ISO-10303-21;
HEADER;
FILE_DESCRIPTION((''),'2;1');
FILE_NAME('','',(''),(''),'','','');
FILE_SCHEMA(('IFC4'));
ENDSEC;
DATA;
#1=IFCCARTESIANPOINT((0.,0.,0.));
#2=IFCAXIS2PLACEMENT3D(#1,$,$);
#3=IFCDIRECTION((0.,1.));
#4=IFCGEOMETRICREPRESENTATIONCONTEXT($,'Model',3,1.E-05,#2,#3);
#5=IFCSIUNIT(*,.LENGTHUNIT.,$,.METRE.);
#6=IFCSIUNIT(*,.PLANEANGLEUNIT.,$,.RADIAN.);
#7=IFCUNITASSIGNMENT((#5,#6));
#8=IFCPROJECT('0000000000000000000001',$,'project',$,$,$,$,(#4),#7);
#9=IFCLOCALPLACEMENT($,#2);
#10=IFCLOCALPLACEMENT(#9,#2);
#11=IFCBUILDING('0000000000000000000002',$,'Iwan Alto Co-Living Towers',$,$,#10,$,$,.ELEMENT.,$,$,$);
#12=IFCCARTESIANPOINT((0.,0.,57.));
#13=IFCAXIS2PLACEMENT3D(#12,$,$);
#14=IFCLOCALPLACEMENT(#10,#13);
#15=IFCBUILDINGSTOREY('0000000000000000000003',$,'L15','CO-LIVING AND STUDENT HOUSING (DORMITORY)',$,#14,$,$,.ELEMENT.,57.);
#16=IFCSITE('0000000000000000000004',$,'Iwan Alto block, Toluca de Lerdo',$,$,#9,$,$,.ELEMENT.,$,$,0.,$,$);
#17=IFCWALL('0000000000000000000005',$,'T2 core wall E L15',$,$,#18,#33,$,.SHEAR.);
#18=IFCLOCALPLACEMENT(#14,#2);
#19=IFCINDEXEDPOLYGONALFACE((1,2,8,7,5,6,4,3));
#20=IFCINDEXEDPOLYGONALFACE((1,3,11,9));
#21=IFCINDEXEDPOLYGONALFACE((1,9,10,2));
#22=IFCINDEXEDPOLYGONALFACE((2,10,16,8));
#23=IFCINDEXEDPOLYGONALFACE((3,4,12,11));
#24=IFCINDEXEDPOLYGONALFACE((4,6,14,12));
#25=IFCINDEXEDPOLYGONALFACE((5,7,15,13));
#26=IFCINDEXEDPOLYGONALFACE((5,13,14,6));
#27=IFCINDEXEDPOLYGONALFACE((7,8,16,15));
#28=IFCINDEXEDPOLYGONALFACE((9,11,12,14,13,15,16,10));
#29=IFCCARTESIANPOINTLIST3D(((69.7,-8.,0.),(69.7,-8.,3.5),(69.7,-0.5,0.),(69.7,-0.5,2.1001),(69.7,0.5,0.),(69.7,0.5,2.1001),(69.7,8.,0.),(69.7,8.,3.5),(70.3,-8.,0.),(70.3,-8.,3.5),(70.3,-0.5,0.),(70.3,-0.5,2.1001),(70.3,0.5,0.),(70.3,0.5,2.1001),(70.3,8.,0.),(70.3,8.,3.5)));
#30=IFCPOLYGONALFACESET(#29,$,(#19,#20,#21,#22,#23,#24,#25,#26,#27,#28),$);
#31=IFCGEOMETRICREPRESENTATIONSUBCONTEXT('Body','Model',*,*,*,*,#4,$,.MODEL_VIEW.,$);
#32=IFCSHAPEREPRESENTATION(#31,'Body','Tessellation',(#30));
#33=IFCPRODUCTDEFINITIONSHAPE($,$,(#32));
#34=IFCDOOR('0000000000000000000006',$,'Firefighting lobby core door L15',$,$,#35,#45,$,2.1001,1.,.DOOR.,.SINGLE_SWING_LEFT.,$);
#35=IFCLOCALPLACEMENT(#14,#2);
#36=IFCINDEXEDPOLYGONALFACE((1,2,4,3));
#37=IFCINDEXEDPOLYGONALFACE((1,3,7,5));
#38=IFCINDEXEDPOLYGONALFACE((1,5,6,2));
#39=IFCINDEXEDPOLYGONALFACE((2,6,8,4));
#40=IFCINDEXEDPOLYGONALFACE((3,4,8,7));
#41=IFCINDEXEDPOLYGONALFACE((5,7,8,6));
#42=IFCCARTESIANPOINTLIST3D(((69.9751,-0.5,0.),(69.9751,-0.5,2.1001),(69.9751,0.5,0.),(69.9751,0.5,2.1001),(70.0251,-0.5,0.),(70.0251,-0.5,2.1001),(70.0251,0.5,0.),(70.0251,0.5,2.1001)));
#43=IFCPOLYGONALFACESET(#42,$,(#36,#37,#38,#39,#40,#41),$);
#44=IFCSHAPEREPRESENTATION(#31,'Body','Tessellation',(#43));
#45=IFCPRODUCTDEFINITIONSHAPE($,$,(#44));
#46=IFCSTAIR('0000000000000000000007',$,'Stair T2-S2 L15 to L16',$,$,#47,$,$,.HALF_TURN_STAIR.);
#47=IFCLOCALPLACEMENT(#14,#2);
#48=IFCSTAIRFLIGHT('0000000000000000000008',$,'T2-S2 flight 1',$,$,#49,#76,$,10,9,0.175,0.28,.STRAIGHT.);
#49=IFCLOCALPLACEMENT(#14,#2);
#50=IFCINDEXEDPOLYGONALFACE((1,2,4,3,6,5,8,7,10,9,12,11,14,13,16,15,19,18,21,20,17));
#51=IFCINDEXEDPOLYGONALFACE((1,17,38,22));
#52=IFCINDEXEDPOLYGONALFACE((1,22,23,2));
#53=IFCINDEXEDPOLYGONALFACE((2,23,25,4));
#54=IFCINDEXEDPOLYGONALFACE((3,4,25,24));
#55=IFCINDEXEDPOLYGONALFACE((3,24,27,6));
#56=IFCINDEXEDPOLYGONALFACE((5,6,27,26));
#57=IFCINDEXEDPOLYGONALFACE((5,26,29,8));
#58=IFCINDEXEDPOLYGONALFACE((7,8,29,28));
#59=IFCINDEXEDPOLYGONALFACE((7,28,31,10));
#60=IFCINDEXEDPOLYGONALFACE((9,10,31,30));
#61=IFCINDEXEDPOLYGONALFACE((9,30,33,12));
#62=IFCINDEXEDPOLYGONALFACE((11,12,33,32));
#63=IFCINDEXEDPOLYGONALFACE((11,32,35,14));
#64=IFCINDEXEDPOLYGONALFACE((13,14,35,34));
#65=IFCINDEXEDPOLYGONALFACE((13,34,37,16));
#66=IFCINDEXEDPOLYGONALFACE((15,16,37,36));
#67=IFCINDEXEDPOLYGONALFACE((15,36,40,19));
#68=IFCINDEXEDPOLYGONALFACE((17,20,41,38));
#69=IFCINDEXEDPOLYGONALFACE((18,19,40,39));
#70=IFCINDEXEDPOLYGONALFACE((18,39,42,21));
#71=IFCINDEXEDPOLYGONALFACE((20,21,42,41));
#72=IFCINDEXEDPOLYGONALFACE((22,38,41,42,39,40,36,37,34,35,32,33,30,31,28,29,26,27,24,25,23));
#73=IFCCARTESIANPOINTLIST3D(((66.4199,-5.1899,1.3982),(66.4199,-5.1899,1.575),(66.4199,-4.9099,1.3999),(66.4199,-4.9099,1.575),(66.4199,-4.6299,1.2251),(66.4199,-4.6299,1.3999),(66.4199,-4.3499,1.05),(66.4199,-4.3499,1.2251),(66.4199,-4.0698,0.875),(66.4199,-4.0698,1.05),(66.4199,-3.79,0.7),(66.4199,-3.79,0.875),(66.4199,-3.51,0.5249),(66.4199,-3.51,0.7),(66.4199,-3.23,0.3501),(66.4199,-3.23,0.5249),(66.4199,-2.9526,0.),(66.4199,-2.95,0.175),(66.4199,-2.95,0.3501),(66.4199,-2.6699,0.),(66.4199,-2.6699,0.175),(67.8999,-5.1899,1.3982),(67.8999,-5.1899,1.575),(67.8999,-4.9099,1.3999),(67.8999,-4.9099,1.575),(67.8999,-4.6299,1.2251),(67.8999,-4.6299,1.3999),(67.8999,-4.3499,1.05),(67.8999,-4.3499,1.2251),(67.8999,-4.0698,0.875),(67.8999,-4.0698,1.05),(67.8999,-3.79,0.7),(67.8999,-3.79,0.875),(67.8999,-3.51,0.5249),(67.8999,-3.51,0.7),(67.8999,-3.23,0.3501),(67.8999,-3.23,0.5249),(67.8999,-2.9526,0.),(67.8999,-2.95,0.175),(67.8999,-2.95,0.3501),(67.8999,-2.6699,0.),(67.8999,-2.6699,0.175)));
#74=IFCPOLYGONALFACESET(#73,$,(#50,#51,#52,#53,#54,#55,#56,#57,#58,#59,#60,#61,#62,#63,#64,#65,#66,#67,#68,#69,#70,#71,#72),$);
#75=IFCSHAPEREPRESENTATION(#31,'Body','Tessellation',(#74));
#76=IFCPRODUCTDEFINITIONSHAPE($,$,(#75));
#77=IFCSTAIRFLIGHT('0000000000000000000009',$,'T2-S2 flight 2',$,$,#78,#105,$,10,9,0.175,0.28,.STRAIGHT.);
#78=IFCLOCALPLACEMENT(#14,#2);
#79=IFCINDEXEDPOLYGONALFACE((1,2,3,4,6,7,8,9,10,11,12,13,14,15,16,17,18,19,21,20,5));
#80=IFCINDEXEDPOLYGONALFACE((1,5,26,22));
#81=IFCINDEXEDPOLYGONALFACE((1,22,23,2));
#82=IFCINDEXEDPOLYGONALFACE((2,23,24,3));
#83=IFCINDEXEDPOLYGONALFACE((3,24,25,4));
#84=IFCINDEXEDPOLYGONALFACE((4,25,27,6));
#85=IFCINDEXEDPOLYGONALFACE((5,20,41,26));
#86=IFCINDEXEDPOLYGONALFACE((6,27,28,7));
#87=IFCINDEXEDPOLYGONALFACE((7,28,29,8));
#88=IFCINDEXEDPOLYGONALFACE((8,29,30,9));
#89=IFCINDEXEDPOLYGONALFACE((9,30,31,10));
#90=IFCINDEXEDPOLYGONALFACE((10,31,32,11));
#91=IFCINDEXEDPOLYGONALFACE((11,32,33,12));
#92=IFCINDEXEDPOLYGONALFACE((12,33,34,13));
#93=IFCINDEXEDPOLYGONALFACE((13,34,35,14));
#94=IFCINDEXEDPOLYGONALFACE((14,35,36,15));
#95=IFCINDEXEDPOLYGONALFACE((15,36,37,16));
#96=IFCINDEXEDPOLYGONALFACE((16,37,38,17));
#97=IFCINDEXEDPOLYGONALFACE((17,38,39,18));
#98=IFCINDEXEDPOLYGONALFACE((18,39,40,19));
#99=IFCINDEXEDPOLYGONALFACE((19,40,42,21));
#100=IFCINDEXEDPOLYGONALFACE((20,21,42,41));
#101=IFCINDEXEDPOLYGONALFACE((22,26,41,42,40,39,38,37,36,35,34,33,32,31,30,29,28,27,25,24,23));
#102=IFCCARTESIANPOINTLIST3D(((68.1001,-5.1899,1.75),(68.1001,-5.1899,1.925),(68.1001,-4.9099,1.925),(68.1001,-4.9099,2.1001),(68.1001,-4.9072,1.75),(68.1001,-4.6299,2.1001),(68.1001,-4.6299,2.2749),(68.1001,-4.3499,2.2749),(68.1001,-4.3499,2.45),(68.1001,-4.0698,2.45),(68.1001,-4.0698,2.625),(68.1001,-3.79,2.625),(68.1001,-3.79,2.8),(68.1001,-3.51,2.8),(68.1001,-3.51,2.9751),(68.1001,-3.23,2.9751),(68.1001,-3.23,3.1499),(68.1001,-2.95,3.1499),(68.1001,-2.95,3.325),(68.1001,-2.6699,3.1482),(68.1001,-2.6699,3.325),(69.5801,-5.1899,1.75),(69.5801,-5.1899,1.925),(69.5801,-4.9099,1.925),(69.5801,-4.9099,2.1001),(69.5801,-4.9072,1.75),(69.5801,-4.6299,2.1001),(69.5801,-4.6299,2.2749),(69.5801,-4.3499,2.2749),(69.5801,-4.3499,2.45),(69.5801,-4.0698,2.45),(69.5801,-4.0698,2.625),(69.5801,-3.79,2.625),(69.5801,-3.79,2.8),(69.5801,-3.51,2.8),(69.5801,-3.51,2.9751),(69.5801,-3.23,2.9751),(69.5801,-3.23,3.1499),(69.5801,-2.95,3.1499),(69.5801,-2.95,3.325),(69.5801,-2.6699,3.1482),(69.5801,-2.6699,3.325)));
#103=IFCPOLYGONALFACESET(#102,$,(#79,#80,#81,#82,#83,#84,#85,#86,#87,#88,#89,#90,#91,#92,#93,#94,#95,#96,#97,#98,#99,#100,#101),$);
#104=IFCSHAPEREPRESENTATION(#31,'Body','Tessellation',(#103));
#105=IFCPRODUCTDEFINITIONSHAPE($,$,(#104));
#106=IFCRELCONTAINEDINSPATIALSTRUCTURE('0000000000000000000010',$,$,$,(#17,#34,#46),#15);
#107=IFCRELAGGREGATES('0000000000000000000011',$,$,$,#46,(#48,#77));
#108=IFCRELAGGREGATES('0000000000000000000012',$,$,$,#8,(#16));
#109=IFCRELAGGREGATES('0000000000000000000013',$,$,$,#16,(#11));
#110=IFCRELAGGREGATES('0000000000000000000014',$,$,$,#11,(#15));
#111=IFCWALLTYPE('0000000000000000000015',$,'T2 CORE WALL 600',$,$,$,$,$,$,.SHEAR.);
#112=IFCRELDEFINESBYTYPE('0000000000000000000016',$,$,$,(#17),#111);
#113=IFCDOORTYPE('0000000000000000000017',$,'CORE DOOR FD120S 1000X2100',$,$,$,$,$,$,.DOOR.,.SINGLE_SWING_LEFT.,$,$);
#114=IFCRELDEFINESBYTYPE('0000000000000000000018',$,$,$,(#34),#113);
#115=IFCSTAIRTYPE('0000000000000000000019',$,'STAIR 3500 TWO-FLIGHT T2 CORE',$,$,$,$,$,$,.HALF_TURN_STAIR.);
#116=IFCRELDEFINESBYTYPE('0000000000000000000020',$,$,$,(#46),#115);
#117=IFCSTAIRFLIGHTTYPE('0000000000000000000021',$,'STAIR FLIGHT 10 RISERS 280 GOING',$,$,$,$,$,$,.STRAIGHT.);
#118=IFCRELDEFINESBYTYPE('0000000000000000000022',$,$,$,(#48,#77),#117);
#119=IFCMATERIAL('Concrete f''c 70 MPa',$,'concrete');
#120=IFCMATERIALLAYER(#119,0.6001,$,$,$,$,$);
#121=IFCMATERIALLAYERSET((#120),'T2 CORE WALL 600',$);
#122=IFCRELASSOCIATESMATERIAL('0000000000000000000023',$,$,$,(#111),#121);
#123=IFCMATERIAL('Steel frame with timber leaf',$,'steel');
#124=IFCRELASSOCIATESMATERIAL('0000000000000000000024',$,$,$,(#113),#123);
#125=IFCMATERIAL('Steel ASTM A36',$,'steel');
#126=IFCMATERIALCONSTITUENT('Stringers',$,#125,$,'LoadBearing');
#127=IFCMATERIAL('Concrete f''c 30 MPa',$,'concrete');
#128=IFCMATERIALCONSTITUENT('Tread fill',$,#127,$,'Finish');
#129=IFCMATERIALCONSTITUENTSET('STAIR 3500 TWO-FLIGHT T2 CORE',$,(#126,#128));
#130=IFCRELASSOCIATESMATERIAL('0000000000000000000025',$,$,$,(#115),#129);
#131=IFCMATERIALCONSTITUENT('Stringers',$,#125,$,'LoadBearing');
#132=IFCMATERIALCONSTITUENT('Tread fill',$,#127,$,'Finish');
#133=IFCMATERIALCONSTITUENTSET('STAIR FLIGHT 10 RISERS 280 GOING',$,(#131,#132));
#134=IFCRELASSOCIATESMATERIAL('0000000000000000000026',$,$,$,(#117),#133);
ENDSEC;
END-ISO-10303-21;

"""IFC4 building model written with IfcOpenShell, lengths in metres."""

from ifc_helpers import new_model, si_unit, direction, frame, frame_2d, origin, place, context, subcontext, project, spatial, polyline, rectangle, outline, extrude, material, layer, layer_set, constituent, constituent_set, type_object, element, fill, aggregate, save


model = new_model("IFC4")

# Units and contexts
model_context = context("Model", 3, precision=1e-05, world=origin(), true_north=direction((0.0, 1.0)))
body_context = subcontext(model_context, "Body", "Model", "MODEL_VIEW")
ifc_project = project(units=[si_unit("LENGTHUNIT", "METRE"), si_unit("PLANEANGLEUNIT", "RADIAN")], contexts=[model_context])

# Site, building, storey
site_placement = place(None, origin())
site = spatial("IfcSite", under=ifc_project, at=site_placement, Name="Iwan Alto block, Toluca de Lerdo", CompositionType="ELEMENT", RefElevation=0.0)
building_placement = place(site_placement, origin())
building = spatial("IfcBuilding", under=site, at=building_placement, Name="Iwan Alto Co-Living Towers", CompositionType="ELEMENT")
storey_placement = place(building_placement, frame((0.0, 0.0, 57.0)))
storey = spatial("IfcBuildingStorey", under=building, at=storey_placement, Name="L15", Description="CO-LIVING AND STUDENT HOUSING (DORMITORY)", CompositionType="ELEMENT", Elevation=57.0)

# Wall, opening, door
ifc_material_1 = material(Name="Concrete f'c 70 MPa", Category="concrete")
ifc_layer_1 = layer(ifc_material_1, 0.6001)
ifc_layer_set_1 = layer_set([ifc_layer_1], Name="T2 CORE WALL 600")
wall_type_1 = type_object("IfcWallType", Name="T2 CORE WALL 600", PredefinedType="SHEAR", material=ifc_layer_set_1)
wall_1_placement = place(storey_placement, frame((70.0, -8.0, 0.0), z_axis=(0.0, 0.0, 1.0), x_axis=(0.0, 1.0, 0.0)))
wall_1 = element("IfcWall", 1, at=wall_1_placement, inside=storey, type_object=wall_type_1, Name="T2 core wall E L15", PredefinedType="SHEAR", context=body_context, shape_type="SweptSolid", body=[
    extrude(rectangle(XDim=16.0, YDim=0.6001, at=frame_2d((8.0, 0.0))), origin(), (0.0, 0.0, 1.0), 3.5),
])
opening_1_placement = place(wall_1_placement, frame((7.5, 0.0, 0.0)))
opening_1 = element("IfcOpeningElement", 2, at=opening_1_placement, cuts=wall_1, PredefinedType="OPENING", context=body_context, shape_type="SweptSolid", body=[
    extrude(rectangle(XDim=1.0, YDim=2.1001, at=frame_2d((0.5, 1.05))), frame((0.0, 0.3101, 0.0), z_axis=(0.0, -1.0, 0.0), x_axis=(1.0, 0.0, 0.0)), (0.0, 0.0, 1.0), 0.6201),
])
ifc_material_2 = material(Name="Steel frame with timber leaf", Category="steel")
door_type_1 = type_object("IfcDoorType", Name="CORE DOOR FD120S 1000X2100", OperationType="SINGLE_SWING_LEFT", PredefinedType="DOOR", material=ifc_material_2)
door_1_placement = place(opening_1_placement, origin())
door_1 = element("IfcDoor", 3, at=door_1_placement, inside=storey, type_object=door_type_1, Name="Firefighting lobby core door L15", OperationType="SINGLE_SWING_LEFT", OverallHeight=2.1001, OverallWidth=1.0, PredefinedType="DOOR", context=body_context, shape_type="SweptSolid", body=[
    extrude(rectangle(XDim=1.0, YDim=2.1001, at=frame_2d((0.5, 1.05))), frame((0.0, 0.0249, 0.0), z_axis=(0.0, -1.0, 0.0), x_axis=(1.0, 0.0, 0.0)), (0.0, 0.0, 1.0), 0.05),
])
fill(opening_1, door_1)

# Stair, stair flights
ifc_material_3 = material(Name="Steel ASTM A36", Category="steel")
ifc_constituent_1 = constituent(ifc_material_3, Name="Stringers", Category="LoadBearing")
ifc_material_4 = material(Name="Concrete f'c 30 MPa", Category="concrete")
ifc_constituent_2 = constituent(ifc_material_4, Name="Tread fill", Category="Finish")
ifc_constituent_set_1 = constituent_set(constituents=[ifc_constituent_1, ifc_constituent_2], Name="STAIR 3500 TWO-FLIGHT T2 CORE")
stair_type = type_object("IfcStairType", Name="STAIR 3500 TWO-FLIGHT T2 CORE", PredefinedType="HALF_TURN_STAIR", material=ifc_constituent_set_1)
stair_placement = place(storey_placement, origin())
stair = element("IfcStair", 4, at=stair_placement, inside=storey, type_object=stair_type, Name="Stair T2-S2 L15 to L16", PredefinedType="HALF_TURN_STAIR")
ifc_constituent_3 = constituent(ifc_material_3, Name="Stringers", Category="LoadBearing")
ifc_constituent_4 = constituent(ifc_material_4, Name="Tread fill", Category="Finish")
ifc_constituent_set_2 = constituent_set(constituents=[ifc_constituent_3, ifc_constituent_4], Name="STAIR FLIGHT 10 RISERS 280 GOING")
stair_flight_type = type_object("IfcStairFlightType", Name="STAIR FLIGHT 10 RISERS 280 GOING", PredefinedType="STRAIGHT", material=ifc_constituent_set_2)
stair_flight_1_placement = place(storey_placement, frame((67.1599, -2.6699, 0.0), z_axis=(0.0, 0.0, 1.0), x_axis=(0.0, -1.0, 0.0)))
stair_flight_1 = element("IfcStairFlight", 5, at=stair_flight_1_placement, type_object=stair_flight_type, Name="T2-S2 flight 1", NumberOfRisers=10, NumberOfTreads=9, PredefinedType="STRAIGHT", RiserHeight=0.175, TreadLength=0.28, context=body_context, shape_type="SweptSolid", body=[
    extrude(outline(polyline([(0.0, 0.0), (0.0, 0.175), (0.28, 0.175), (0.28, 0.3501), (0.5601, 0.3501), (0.5601, 0.5249), (0.8401, 0.5249), (0.8401, 0.7), (1.1201, 0.7), (1.1201, 0.875), (1.3999, 0.875), (1.3999, 1.05), (1.6799, 1.05), (1.6799, 1.2251), (1.96, 1.2251), (1.96, 1.3999), (2.24, 1.3999), (2.24, 1.575), (2.52, 1.575), (2.52, 1.75), (2.52, 1.3982), (0.2827, 0.0), (0.0, 0.0)])), frame((0.0, 0.74, 0.0), z_axis=(0.0, -1.0, 0.0), x_axis=(1.0, 0.0, 0.0)), (0.0, 0.0, 1.0), 1.48),
])
stair_flight_2_placement = place(storey_placement, frame((68.8401, -5.1899, 1.75), z_axis=(0.0, 0.0, 1.0), x_axis=(0.0, 1.0, 0.0)))
stair_flight_2 = element("IfcStairFlight", 6, at=stair_flight_2_placement, type_object=stair_flight_type, Name="T2-S2 flight 2", NumberOfRisers=10, NumberOfTreads=9, PredefinedType="STRAIGHT", RiserHeight=0.175, TreadLength=0.28, context=body_context, shape_type="SweptSolid", body=[
    extrude(outline(polyline([(0.0, 0.0), (0.0, 0.175), (0.28, 0.175), (0.28, 0.3501), (0.5601, 0.3501), (0.5601, 0.5249), (0.8401, 0.5249), (0.8401, 0.7), (1.1201, 0.7), (1.1201, 0.875), (1.3999, 0.875), (1.3999, 1.05), (1.6799, 1.05), (1.6799, 1.2251), (1.96, 1.2251), (1.96, 1.3999), (2.24, 1.3999), (2.24, 1.575), (2.52, 1.575), (2.52, 1.75), (2.52, 1.3982), (0.2827, 0.0), (0.0, 0.0)])), frame((0.0, 0.74, 0.0), z_axis=(0.0, -1.0, 0.0), x_axis=(1.0, 0.0, 0.0)), (0.0, 0.0, 1.0), 1.48),
])
aggregate(stair, [stair_flight_1, stair_flight_2])

save(model, "model.ifc")
